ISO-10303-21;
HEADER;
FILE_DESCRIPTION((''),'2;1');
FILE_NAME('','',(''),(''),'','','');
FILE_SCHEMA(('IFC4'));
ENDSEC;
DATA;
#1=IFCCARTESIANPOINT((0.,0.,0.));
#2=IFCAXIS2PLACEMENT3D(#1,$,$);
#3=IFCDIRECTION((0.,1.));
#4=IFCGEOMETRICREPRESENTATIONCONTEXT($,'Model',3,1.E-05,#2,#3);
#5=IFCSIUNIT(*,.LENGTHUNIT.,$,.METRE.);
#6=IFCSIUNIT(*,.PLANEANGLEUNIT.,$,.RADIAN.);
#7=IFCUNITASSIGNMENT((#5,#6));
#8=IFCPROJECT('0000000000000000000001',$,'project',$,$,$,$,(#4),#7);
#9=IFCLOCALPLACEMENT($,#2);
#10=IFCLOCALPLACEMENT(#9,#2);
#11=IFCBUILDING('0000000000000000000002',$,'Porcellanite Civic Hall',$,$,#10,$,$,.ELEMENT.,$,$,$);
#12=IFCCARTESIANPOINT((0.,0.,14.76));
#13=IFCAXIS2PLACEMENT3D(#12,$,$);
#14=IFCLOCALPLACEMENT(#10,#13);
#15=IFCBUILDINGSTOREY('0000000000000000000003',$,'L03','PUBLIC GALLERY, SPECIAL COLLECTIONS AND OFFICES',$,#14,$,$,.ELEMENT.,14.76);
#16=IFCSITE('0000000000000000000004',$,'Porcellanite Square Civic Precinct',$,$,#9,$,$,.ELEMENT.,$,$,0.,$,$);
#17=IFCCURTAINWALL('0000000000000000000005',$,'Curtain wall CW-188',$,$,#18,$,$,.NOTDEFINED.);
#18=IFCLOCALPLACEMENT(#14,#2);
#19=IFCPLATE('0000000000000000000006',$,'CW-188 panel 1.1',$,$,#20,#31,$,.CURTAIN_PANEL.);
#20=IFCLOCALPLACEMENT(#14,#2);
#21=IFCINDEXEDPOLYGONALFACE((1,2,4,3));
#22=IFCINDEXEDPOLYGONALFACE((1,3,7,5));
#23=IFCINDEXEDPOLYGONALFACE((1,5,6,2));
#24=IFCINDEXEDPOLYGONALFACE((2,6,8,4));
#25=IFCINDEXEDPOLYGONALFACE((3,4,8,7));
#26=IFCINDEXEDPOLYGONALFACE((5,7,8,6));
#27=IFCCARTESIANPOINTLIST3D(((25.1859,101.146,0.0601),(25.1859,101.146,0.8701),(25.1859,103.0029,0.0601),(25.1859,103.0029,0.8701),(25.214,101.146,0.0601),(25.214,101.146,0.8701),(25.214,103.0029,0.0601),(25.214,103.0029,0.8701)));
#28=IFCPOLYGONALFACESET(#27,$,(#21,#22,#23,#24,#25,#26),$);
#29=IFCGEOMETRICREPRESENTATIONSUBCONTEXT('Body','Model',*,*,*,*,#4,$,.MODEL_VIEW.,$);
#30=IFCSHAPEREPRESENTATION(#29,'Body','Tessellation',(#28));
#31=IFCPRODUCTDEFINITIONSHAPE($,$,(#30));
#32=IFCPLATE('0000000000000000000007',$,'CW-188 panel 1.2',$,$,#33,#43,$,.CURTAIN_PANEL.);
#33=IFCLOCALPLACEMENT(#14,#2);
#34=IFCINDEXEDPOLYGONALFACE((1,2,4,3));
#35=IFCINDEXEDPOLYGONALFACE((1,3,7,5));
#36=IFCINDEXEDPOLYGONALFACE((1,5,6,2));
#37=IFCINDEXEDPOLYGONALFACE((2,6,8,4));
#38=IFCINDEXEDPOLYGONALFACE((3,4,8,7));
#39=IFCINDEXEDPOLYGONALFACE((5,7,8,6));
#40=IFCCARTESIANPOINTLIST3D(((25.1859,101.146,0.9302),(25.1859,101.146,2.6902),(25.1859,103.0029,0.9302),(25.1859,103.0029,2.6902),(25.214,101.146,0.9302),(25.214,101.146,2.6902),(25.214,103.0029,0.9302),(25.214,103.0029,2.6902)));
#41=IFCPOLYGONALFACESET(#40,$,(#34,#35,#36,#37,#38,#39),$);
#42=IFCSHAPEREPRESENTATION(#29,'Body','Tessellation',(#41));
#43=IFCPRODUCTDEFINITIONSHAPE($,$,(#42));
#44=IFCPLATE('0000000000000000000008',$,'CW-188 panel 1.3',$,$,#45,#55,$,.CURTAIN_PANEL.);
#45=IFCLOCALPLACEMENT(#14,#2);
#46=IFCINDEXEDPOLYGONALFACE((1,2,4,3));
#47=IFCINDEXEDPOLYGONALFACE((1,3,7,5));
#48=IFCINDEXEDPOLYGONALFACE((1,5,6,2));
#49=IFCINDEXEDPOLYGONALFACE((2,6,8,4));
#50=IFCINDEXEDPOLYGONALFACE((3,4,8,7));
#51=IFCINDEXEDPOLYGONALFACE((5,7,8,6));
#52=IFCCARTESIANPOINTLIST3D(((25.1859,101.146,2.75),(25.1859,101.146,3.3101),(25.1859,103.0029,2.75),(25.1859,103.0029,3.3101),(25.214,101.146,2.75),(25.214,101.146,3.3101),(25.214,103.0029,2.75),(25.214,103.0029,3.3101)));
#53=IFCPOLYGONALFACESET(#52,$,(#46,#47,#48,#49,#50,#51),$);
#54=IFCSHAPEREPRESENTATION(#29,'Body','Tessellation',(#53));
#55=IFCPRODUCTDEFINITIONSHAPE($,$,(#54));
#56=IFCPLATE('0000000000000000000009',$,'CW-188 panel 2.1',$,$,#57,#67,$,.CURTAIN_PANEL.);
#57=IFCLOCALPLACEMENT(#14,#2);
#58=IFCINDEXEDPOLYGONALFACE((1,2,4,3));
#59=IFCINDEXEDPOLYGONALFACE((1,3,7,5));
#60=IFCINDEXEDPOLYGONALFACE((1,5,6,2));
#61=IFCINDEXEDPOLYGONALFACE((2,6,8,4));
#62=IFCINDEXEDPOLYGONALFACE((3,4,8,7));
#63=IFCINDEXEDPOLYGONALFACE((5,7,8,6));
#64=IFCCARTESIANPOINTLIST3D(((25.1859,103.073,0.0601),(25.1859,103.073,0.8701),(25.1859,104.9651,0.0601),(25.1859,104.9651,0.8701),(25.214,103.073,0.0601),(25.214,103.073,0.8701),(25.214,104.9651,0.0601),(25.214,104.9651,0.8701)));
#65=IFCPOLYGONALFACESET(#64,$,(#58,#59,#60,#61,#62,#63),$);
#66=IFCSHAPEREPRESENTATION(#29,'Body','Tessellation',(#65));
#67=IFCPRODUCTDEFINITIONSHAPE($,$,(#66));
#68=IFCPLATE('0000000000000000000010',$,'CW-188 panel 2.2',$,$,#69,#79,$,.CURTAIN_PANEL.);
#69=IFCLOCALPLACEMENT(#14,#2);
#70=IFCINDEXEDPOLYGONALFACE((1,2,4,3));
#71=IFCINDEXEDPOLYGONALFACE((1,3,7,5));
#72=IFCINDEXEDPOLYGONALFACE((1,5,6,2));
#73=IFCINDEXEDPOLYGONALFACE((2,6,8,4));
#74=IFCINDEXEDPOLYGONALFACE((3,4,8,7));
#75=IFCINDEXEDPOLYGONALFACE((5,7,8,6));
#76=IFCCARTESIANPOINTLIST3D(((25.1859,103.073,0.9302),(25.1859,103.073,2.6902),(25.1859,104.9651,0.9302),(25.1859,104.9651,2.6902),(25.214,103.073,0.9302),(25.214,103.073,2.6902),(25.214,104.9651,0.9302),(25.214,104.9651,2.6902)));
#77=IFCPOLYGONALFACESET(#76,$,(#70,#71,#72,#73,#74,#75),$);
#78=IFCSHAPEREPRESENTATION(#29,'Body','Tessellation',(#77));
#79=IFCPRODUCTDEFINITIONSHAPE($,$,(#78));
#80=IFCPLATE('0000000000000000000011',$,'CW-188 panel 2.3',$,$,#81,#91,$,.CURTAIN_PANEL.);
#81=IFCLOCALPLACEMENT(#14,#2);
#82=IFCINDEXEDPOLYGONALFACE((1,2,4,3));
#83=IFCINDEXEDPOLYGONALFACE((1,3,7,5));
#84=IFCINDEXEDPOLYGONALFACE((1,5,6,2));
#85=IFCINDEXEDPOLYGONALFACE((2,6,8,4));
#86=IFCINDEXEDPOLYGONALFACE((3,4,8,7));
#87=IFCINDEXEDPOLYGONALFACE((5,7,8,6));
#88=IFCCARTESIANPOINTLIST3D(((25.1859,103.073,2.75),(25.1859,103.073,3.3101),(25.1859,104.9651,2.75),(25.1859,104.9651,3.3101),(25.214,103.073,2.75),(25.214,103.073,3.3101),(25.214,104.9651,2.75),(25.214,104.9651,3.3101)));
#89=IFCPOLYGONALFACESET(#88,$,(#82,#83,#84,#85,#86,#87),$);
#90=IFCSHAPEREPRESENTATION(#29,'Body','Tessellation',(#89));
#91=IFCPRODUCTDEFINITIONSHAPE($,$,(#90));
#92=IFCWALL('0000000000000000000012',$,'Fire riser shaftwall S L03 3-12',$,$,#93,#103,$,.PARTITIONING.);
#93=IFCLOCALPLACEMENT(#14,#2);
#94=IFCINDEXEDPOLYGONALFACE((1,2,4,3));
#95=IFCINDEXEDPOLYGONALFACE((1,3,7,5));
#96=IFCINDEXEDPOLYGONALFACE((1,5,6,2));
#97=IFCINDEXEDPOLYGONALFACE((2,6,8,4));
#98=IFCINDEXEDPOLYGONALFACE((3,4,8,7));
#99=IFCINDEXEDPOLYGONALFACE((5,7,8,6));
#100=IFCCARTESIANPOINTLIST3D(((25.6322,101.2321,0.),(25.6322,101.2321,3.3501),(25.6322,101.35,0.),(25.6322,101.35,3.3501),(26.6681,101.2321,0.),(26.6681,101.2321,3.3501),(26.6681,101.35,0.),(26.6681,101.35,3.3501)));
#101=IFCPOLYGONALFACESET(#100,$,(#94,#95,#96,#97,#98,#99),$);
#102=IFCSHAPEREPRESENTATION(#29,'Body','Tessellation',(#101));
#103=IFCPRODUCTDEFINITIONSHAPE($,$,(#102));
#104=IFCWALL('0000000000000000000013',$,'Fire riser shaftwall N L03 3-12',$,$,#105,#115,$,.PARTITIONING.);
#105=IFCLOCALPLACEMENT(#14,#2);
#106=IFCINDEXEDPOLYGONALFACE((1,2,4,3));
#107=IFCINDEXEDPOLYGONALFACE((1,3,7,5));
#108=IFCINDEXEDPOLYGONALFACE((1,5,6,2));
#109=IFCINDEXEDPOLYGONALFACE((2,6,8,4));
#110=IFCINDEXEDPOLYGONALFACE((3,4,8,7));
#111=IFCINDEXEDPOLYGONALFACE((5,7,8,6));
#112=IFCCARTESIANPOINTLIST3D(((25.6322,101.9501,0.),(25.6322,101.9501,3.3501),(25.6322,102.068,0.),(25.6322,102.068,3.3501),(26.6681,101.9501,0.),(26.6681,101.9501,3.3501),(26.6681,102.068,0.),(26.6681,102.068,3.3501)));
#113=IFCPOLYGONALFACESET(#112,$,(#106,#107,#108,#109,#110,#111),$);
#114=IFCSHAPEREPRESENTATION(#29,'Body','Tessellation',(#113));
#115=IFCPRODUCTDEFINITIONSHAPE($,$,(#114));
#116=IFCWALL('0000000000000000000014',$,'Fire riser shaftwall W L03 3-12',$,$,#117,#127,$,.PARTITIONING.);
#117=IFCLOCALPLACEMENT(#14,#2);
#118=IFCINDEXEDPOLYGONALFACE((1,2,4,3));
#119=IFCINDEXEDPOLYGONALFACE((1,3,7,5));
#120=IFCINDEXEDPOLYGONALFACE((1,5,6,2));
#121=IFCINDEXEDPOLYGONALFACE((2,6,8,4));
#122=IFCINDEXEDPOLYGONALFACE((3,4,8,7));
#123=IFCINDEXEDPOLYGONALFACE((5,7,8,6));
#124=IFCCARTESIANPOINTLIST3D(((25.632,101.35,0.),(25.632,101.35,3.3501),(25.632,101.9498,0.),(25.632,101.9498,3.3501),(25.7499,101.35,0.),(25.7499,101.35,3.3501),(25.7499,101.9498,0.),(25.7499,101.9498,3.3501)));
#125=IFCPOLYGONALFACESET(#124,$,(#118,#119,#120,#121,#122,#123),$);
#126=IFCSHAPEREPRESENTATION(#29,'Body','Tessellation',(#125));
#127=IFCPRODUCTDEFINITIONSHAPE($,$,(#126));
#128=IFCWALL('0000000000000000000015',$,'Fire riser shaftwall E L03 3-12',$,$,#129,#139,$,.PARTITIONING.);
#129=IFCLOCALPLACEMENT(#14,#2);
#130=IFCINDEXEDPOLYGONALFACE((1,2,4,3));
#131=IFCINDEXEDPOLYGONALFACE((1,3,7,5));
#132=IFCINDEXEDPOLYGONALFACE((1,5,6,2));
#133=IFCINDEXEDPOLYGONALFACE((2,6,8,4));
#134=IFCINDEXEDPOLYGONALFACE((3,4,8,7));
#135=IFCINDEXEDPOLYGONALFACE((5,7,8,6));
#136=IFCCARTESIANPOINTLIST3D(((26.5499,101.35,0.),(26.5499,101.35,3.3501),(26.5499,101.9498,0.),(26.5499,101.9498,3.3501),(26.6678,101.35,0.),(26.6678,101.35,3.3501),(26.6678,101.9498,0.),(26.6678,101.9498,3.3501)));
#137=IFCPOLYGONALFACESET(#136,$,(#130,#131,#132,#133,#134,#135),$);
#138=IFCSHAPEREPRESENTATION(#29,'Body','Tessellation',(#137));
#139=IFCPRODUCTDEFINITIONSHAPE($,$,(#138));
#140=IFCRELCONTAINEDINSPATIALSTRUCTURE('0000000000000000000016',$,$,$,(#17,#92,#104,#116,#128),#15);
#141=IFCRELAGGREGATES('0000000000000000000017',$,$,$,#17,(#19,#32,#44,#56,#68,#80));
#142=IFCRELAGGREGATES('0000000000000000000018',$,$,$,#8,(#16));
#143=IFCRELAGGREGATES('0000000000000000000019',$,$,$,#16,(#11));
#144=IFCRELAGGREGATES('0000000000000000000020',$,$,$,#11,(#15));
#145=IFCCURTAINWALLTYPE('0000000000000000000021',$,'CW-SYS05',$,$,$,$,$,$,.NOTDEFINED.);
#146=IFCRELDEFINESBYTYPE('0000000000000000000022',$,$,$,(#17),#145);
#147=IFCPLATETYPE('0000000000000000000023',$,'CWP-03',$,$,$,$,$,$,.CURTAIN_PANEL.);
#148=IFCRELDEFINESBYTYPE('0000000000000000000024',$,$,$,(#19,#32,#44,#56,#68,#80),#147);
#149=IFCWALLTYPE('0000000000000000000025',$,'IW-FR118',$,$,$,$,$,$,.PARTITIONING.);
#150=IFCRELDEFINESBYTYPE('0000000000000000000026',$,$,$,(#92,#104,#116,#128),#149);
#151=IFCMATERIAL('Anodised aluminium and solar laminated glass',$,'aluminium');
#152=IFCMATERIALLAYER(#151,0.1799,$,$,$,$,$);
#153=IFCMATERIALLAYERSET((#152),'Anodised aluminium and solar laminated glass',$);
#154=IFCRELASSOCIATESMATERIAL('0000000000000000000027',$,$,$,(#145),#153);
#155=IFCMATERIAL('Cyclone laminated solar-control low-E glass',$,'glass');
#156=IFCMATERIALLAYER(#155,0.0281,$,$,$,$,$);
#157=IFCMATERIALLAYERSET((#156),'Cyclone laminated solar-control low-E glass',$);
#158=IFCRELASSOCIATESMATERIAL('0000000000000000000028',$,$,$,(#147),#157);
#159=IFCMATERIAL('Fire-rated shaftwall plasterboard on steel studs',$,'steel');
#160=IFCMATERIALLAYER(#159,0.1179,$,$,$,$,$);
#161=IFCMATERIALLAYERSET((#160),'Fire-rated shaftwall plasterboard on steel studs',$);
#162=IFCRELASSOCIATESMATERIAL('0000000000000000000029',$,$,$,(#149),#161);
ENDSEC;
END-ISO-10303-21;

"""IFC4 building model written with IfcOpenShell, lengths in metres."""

from ifc_helpers import new_model, si_unit, direction, frame, frame_2d, origin, origin_2d, place, context, subcontext, project, spatial, rectangle, extrude, material, layer, layer_set, type_object, element, aggregate, save


model = new_model("IFC4")

# Units and contexts
model_context = context("Model", 3, precision=1e-05, world=origin(), true_north=direction((0.0, 1.0)))
body_context = subcontext(model_context, "Body", "Model", "MODEL_VIEW")
ifc_project = project(units=[si_unit("LENGTHUNIT", "METRE"), si_unit("PLANEANGLEUNIT", "RADIAN")], contexts=[model_context])

# Site, building, storey
site_placement = place(None, origin())
site = spatial("IfcSite", under=ifc_project, at=site_placement, Name="Porcellanite Square Civic Precinct", CompositionType="ELEMENT", RefElevation=0.0)
building_placement = place(site_placement, origin())
building = spatial("IfcBuilding", under=site, at=building_placement, Name="Porcellanite Civic Hall", CompositionType="ELEMENT")
storey_placement = place(building_placement, frame((0.0, 0.0, 14.76)))
storey = spatial("IfcBuildingStorey", under=building, at=storey_placement, Name="L03", Description="PUBLIC GALLERY, SPECIAL COLLECTIONS AND OFFICES", CompositionType="ELEMENT", Elevation=14.76)

# Curtain wall
ifc_material_1 = material(Name="Anodised aluminium and solar laminated glass", Category="aluminium")
ifc_layer_1 = layer(ifc_material_1, 0.1799)
ifc_layer_set_1 = layer_set([ifc_layer_1], Name="Anodised aluminium and solar laminated glass")
curtain_wall_type = type_object("IfcCurtainWallType", Name="CW-SYS05", PredefinedType="NOTDEFINED", material=ifc_layer_set_1)
curtain_wall_placement = place(storey_placement, origin())
curtain_wall = element("IfcCurtainWall", 1, at=curtain_wall_placement, inside=storey, type_object=curtain_wall_type, Name="Curtain wall CW-188", PredefinedType="NOTDEFINED")

# Plates
ifc_material_2 = material(Name="Cyclone laminated solar-control low-E glass", Category="glass")
ifc_layer_2 = layer(ifc_material_2, 0.0281)
ifc_layer_set_2 = layer_set([ifc_layer_2], Name="Cyclone laminated solar-control low-E glass")
plate_type = type_object("IfcPlateType", Name="CWP-03", PredefinedType="CURTAIN_PANEL", material=ifc_layer_set_2)
plate_1_placement = place(storey_placement, frame((25.2, 102.0745, 0.0601), z_axis=(0.0, 0.0, 1.0), x_axis=(0.0, 1.0, 0.0)))
plate_1 = element("IfcPlate", 2, at=plate_1_placement, type_object=plate_type, Name="CW-188 panel 1.1", PredefinedType="CURTAIN_PANEL", context=body_context, shape_type="SweptSolid", body=[
    extrude(rectangle(XDim=1.8569, YDim=0.0281, at=origin_2d()), origin(), (0.0, 0.0, 1.0), 0.8101),
])
plate_2_placement = place(storey_placement, frame((25.2, 102.0745, 0.9302), z_axis=(0.0, 0.0, 1.0), x_axis=(0.0, 1.0, 0.0)))
plate_2 = element("IfcPlate", 3, at=plate_2_placement, type_object=plate_type, Name="CW-188 panel 1.2", PredefinedType="CURTAIN_PANEL", context=body_context, shape_type="SweptSolid", body=[
    extrude(rectangle(XDim=1.8569, YDim=0.0281, at=origin_2d()), origin(), (0.0, 0.0, 1.0), 1.76),
])
plate_3_placement = place(storey_placement, frame((25.2, 102.0745, 2.75), z_axis=(0.0, 0.0, 1.0), x_axis=(0.0, 1.0, 0.0)))
plate_3 = element("IfcPlate", 4, at=plate_3_placement, type_object=plate_type, Name="CW-188 panel 1.3", PredefinedType="CURTAIN_PANEL", context=body_context, shape_type="SweptSolid", body=[
    extrude(rectangle(XDim=1.8569, YDim=0.0281, at=origin_2d()), origin(), (0.0, 0.0, 1.0), 0.5601),
])
plate_4_placement = place(storey_placement, frame((25.2, 104.019, 0.0601), z_axis=(0.0, 0.0, 1.0), x_axis=(0.0, 1.0, 0.0)))
plate_4 = element("IfcPlate", 5, at=plate_4_placement, type_object=plate_type, Name="CW-188 panel 2.1", PredefinedType="CURTAIN_PANEL", context=body_context, shape_type="SweptSolid", body=[
    extrude(rectangle(XDim=1.8921, YDim=0.0281, at=origin_2d()), origin(), (0.0, 0.0, 1.0), 0.8101),
])
plate_5_placement = place(storey_placement, frame((25.2, 104.019, 0.9302), z_axis=(0.0, 0.0, 1.0), x_axis=(0.0, 1.0, 0.0)))
plate_5 = element("IfcPlate", 6, at=plate_5_placement, type_object=plate_type, Name="CW-188 panel 2.2", PredefinedType="CURTAIN_PANEL", context=body_context, shape_type="SweptSolid", body=[
    extrude(rectangle(XDim=1.8921, YDim=0.0281, at=origin_2d()), origin(), (0.0, 0.0, 1.0), 1.76),
])
plate_6_placement = place(storey_placement, frame((25.2, 104.019, 2.75), z_axis=(0.0, 0.0, 1.0), x_axis=(0.0, 1.0, 0.0)))
plate_6 = element("IfcPlate", 7, at=plate_6_placement, type_object=plate_type, Name="CW-188 panel 2.3", PredefinedType="CURTAIN_PANEL", context=body_context, shape_type="SweptSolid", body=[
    extrude(rectangle(XDim=1.8921, YDim=0.0281, at=origin_2d()), origin(), (0.0, 0.0, 1.0), 0.5601),
])
aggregate(curtain_wall, [plate_1, plate_2, plate_3, plate_4, plate_5, plate_6])

# Walls
ifc_material_3 = material(Name="Fire-rated shaftwall plasterboard on steel studs", Category="steel")
ifc_layer_3 = layer(ifc_material_3, 0.1179)
ifc_layer_set_3 = layer_set([ifc_layer_3], Name="Fire-rated shaftwall plasterboard on steel studs")
wall_type = type_object("IfcWallType", Name="IW-FR118", PredefinedType="PARTITIONING", material=ifc_layer_set_3)
for number, where, z_axis, x_axis, name in (
    (8, (25.6321, 101.291, 0.0), (0.0, 0.0, 1.0), (1.0, 0.0, 0.0), "Fire riser shaftwall S L03 3-12"),
    (9, (25.6321, 102.009, 0.0), (0.0, 0.0, 1.0), (1.0, 0.0, 0.0), "Fire riser shaftwall N L03 3-12"),
):
    element("IfcWall", number, at=place(storey_placement, frame(where, z_axis=z_axis, x_axis=x_axis)), inside=storey, type_object=wall_type, Name=name, PredefinedType="PARTITIONING", context=body_context, shape_type="SweptSolid", body=[
        extrude(rectangle(XDim=1.0359, YDim=0.1179, at=frame_2d((0.5181, 0.0))), origin(), (0.0, 0.0, 1.0), 3.3501),
    ])
for number, where, z_axis, x_axis, name in (
    (10, (25.6909, 101.3501, 0.0), (0.0, 0.0, 1.0), (0.0, 1.0, 0.0), "Fire riser shaftwall W L03 3-12"),
    (11, (26.6089, 101.3501, 0.0), (0.0, 0.0, 1.0), (0.0, 1.0, 0.0), "Fire riser shaftwall E L03 3-12"),
):
    element("IfcWall", number, at=place(storey_placement, frame(where, z_axis=z_axis, x_axis=x_axis)), inside=storey, type_object=wall_type, Name=name, PredefinedType="PARTITIONING", context=body_context, shape_type="SweptSolid", body=[
        extrude(rectangle(XDim=0.5999, YDim=0.1179, at=frame_2d((0.2998, 0.0))), origin(), (0.0, 0.0, 1.0), 3.3501),
    ])

save(model, "model.ifc")
